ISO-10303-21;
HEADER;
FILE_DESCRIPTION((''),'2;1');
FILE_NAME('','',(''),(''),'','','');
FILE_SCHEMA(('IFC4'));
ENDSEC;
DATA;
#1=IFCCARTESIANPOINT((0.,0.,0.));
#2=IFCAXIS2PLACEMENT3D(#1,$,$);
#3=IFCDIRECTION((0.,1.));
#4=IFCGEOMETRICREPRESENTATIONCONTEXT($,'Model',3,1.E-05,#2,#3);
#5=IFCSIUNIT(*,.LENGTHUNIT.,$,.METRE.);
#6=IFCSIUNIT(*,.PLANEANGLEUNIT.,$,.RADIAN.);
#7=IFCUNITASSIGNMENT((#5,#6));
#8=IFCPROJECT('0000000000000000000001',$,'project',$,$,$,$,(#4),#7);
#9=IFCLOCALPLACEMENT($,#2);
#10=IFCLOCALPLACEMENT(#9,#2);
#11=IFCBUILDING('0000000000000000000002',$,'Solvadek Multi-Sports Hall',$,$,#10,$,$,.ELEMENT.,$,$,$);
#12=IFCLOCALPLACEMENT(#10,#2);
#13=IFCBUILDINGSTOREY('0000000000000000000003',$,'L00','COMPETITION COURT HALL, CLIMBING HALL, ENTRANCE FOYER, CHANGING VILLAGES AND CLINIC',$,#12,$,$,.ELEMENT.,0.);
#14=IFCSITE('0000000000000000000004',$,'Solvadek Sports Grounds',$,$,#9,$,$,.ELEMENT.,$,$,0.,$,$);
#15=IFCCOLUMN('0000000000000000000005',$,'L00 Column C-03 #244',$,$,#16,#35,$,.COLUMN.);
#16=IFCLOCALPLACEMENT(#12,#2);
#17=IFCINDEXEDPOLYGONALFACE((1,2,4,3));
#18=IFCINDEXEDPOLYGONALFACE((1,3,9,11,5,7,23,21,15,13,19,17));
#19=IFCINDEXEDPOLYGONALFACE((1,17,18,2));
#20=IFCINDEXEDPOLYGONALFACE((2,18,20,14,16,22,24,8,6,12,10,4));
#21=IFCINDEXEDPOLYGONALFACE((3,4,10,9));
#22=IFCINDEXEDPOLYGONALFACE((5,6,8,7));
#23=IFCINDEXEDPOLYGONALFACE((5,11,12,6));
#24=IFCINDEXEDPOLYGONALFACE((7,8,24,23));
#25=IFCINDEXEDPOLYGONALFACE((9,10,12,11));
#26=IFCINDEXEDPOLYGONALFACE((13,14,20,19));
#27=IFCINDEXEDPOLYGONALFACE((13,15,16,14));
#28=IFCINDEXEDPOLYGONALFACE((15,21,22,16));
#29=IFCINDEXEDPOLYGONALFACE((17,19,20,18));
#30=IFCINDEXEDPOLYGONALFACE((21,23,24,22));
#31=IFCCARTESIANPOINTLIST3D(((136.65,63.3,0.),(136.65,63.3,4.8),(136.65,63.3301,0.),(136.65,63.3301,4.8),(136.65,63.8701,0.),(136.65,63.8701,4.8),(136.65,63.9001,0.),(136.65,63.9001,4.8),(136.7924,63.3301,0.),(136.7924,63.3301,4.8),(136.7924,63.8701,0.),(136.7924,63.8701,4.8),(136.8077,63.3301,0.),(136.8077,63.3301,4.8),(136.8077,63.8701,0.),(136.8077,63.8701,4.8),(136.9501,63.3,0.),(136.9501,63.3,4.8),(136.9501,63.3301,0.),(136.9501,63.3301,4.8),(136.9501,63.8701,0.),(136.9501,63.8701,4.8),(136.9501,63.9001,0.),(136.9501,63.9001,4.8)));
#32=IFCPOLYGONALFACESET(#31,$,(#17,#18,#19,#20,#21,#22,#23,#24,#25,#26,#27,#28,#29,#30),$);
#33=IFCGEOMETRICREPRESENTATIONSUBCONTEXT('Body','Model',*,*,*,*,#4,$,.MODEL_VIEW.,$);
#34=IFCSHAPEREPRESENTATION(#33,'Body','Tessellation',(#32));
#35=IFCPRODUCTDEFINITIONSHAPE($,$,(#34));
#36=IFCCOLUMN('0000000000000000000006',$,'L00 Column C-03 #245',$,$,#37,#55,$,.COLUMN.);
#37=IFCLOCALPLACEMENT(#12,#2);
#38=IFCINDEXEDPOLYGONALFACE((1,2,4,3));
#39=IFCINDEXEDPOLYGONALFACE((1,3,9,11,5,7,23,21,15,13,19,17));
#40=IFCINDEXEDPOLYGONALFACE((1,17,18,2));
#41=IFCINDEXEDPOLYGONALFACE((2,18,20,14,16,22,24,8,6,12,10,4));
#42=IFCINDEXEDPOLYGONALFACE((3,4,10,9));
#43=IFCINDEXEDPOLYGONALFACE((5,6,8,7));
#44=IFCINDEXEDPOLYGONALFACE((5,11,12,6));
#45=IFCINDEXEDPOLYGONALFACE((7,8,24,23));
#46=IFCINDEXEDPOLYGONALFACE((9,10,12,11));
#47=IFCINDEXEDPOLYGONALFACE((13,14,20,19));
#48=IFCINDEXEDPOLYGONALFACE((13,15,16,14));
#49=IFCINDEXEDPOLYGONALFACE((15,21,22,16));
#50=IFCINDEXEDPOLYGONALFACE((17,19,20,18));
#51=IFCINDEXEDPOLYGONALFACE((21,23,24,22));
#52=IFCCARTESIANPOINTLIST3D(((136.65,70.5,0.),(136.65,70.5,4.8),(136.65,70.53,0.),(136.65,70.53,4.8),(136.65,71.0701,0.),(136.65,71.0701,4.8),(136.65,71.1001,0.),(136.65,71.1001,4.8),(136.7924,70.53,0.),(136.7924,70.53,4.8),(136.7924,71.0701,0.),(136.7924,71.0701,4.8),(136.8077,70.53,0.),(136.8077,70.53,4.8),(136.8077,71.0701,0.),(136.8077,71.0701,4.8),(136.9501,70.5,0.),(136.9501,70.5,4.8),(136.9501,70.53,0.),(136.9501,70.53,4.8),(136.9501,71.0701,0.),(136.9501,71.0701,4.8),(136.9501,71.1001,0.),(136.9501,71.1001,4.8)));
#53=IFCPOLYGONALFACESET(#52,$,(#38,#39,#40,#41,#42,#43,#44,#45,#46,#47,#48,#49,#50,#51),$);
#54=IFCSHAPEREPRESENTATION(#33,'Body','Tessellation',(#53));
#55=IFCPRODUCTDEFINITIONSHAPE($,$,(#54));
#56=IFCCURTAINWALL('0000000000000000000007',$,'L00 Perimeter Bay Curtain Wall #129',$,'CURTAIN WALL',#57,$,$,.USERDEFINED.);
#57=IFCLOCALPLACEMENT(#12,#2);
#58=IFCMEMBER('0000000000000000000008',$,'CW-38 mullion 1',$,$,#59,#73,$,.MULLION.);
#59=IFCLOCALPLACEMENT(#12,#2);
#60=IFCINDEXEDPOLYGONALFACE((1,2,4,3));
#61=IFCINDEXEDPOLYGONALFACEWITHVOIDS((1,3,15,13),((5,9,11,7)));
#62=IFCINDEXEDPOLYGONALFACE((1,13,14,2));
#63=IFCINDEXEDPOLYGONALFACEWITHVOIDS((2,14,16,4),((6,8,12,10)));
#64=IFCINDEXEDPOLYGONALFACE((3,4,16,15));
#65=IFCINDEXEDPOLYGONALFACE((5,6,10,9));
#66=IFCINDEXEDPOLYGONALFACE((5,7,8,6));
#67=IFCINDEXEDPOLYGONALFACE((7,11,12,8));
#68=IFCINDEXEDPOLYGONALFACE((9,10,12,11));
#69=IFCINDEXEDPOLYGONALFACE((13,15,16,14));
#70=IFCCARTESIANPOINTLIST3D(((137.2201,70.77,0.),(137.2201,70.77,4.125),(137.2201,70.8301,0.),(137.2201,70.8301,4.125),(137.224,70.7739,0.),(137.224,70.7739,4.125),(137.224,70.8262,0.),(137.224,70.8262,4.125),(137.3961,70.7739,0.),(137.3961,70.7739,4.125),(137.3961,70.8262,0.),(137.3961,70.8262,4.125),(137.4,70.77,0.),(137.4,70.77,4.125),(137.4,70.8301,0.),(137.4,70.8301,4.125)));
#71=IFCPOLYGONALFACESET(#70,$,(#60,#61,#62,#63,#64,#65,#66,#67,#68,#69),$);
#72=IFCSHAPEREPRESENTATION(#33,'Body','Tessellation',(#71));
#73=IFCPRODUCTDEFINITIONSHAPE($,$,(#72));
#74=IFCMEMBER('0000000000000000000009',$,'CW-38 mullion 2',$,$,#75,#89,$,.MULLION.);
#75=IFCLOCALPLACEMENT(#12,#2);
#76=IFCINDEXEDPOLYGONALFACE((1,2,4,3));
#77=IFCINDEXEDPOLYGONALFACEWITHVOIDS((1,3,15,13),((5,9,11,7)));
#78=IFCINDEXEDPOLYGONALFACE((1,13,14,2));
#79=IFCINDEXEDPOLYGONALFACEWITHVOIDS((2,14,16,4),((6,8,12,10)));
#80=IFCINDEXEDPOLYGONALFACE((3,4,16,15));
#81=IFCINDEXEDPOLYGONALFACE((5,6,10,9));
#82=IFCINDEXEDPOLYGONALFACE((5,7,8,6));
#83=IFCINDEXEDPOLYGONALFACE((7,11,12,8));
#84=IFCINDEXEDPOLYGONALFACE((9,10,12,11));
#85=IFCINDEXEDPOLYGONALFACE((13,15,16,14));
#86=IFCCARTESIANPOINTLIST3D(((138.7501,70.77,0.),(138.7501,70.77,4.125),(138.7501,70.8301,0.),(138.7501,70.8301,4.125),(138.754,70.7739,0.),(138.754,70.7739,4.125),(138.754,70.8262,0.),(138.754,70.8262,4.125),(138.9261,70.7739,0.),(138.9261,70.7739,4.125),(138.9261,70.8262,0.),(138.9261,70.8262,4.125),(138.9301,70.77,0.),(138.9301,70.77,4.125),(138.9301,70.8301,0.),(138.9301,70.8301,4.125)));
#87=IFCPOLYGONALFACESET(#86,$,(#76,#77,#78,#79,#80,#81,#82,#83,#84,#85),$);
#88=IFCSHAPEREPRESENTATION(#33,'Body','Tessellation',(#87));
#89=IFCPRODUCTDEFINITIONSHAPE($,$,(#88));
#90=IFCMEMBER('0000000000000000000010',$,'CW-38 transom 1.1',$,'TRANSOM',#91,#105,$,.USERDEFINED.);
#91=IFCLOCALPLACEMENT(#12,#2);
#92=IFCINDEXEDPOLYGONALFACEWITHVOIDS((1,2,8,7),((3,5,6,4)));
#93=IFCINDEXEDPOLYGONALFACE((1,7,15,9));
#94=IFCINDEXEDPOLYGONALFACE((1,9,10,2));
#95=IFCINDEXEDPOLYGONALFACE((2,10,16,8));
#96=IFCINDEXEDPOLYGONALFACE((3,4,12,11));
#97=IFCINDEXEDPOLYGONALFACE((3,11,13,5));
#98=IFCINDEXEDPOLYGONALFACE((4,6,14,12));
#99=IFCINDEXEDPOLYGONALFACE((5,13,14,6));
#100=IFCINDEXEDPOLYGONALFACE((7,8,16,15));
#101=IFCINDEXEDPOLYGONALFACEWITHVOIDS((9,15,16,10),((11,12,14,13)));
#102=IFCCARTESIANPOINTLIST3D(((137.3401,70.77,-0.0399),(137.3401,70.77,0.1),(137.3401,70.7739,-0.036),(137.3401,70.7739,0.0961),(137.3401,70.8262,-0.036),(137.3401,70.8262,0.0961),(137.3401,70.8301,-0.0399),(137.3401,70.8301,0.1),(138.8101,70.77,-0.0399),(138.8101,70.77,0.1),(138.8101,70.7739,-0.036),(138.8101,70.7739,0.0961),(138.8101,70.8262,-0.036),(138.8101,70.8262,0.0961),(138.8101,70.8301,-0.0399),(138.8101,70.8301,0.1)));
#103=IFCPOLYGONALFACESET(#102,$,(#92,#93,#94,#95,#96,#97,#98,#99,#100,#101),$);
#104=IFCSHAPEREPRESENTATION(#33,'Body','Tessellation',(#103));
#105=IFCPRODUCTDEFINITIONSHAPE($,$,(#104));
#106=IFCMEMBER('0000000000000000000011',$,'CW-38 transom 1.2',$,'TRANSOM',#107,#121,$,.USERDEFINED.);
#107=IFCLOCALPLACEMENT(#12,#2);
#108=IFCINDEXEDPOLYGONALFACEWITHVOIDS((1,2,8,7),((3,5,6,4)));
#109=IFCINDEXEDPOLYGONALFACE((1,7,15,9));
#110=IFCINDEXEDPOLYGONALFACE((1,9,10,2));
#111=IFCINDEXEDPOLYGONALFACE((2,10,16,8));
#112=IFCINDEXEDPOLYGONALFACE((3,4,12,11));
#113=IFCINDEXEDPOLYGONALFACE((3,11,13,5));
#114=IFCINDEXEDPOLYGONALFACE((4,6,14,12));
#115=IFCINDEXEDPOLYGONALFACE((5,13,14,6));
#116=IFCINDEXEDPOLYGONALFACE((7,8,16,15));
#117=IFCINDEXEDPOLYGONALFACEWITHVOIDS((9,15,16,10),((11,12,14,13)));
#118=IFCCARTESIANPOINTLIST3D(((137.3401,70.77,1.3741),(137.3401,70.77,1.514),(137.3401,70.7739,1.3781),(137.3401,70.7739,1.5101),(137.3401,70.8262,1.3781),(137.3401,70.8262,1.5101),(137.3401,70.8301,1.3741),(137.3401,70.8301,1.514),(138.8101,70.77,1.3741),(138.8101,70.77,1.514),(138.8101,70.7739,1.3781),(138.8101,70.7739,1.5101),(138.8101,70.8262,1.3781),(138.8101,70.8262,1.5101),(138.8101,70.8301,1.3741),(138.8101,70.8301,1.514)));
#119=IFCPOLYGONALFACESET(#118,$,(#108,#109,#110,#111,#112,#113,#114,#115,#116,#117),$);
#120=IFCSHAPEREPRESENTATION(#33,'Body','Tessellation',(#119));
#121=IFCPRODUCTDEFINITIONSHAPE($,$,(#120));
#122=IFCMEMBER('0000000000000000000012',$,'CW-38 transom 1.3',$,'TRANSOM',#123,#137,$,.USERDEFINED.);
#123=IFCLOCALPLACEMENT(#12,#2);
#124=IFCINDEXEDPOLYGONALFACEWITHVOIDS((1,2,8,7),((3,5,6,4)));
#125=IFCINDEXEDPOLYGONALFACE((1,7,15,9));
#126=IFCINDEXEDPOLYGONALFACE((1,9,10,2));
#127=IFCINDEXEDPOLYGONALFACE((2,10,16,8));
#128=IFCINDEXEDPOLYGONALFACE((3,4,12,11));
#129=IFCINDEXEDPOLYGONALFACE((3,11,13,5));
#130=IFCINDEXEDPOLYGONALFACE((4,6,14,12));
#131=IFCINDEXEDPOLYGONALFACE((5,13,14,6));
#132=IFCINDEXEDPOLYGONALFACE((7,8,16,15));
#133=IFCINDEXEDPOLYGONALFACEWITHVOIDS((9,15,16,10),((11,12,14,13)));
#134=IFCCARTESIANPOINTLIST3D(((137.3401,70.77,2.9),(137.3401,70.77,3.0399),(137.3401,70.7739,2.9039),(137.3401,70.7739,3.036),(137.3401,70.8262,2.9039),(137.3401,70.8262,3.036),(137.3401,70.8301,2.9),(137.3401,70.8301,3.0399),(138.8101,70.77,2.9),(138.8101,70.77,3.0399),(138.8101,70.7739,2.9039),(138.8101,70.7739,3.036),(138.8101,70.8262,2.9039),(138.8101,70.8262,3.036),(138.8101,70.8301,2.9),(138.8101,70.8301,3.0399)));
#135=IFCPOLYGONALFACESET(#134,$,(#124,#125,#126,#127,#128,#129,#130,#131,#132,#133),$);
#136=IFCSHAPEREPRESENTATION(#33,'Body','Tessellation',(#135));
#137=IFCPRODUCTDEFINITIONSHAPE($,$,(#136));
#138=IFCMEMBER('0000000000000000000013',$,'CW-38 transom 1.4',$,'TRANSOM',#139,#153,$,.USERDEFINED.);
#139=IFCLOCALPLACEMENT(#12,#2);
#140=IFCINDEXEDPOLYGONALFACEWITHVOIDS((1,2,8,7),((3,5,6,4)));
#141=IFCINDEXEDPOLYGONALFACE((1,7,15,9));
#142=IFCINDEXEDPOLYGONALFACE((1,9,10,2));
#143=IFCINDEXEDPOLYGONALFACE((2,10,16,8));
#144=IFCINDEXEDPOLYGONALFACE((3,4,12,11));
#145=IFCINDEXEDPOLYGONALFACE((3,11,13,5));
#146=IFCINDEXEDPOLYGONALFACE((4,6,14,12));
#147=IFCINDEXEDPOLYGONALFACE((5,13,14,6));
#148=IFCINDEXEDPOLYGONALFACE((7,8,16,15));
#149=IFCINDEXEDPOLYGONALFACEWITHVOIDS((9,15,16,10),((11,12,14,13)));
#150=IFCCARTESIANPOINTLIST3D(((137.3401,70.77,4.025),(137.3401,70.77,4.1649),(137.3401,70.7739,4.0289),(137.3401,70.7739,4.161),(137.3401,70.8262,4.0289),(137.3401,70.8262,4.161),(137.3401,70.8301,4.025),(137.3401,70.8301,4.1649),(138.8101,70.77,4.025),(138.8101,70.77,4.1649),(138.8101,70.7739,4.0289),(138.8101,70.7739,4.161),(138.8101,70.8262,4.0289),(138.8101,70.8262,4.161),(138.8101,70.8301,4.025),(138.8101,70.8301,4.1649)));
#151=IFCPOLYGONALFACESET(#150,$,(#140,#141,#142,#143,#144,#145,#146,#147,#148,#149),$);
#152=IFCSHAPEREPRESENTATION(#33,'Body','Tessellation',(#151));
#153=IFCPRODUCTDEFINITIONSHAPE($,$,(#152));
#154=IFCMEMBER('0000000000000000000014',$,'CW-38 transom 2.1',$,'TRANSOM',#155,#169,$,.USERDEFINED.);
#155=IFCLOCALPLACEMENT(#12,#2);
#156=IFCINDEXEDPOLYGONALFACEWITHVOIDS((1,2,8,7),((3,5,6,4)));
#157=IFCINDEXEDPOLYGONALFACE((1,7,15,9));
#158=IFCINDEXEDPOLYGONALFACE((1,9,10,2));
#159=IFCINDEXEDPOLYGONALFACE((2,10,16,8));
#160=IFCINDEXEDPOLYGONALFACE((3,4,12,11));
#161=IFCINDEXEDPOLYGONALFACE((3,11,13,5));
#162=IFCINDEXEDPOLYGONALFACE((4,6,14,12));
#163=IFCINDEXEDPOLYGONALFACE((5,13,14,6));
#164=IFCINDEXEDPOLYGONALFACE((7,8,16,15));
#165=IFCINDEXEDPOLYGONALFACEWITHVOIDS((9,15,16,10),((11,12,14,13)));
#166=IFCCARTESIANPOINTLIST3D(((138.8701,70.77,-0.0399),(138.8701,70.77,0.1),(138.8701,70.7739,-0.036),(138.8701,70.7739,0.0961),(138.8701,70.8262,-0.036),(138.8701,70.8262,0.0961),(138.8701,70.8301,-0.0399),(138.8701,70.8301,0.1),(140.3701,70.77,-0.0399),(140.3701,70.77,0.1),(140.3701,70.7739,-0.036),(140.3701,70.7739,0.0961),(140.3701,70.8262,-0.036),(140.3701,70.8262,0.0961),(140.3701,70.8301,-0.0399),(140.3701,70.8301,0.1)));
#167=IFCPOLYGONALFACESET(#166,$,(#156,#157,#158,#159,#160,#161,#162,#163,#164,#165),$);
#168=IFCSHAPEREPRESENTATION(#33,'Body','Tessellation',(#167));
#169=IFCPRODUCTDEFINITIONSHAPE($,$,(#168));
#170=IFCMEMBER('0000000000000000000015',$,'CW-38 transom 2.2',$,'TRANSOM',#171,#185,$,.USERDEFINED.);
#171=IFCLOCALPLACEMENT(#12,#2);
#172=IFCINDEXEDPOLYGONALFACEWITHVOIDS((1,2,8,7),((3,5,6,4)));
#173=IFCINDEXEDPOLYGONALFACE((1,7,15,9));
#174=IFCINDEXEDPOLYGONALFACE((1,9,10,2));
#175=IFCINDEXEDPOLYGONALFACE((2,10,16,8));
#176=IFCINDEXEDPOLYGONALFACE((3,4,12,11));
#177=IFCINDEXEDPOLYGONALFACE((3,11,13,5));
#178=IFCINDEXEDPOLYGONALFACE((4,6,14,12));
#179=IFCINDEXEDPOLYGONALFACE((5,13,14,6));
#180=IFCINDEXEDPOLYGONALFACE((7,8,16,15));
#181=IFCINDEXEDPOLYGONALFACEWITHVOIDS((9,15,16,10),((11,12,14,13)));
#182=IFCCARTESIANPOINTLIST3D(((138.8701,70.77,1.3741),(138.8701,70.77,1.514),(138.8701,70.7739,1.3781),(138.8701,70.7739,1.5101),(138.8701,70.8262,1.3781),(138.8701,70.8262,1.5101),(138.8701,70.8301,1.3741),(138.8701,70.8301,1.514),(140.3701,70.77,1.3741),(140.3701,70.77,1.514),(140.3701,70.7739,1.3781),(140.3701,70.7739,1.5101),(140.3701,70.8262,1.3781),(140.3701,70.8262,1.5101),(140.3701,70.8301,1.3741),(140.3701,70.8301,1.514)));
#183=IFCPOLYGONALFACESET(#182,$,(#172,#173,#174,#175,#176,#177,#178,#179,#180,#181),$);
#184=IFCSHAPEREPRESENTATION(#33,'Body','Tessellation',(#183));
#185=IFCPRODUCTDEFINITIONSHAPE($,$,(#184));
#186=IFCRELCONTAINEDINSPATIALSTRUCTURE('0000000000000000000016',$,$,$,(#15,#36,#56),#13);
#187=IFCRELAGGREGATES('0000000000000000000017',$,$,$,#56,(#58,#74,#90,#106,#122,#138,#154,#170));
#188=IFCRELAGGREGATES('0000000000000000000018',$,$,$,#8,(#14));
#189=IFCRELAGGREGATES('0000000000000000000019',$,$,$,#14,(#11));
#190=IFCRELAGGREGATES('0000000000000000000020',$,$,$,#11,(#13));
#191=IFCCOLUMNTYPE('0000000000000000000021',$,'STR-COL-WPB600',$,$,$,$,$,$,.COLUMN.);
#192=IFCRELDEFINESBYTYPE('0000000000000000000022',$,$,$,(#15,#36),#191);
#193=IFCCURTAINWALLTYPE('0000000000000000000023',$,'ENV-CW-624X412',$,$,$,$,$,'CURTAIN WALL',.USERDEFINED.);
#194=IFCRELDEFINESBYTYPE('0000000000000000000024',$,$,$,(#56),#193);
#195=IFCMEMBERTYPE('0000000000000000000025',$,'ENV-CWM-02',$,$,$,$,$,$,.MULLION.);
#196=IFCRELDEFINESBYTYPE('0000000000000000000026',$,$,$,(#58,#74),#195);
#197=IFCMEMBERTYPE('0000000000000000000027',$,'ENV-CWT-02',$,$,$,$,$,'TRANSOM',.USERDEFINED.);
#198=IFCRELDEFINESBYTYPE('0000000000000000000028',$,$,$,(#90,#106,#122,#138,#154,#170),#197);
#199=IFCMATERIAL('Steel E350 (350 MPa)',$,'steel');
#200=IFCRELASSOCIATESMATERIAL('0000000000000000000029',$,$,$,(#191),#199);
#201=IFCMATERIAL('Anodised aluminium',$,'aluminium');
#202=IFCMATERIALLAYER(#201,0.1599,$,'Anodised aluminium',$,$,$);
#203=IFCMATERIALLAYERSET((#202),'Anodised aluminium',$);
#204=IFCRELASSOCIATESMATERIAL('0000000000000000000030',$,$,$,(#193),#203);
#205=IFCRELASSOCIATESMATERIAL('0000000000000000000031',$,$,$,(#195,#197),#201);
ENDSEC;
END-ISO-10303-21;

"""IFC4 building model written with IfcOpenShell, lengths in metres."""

from ifc_helpers import new_model, si_unit, direction, frame, origin, origin_2d, place, context, subcontext, project, spatial, hollow_rectangle, i_section, extrude, material, layer, layer_set, material_profile, profile_set, type_object, element, aggregate, save


model = new_model("IFC4")

# Units and contexts
model_context = context("Model", 3, precision=1e-05, world=origin(), true_north=direction((0.0, 1.0)))
body_context = subcontext(model_context, "Body", "Model", "MODEL_VIEW")
ifc_project = project(units=[si_unit("LENGTHUNIT", "METRE"), si_unit("PLANEANGLEUNIT", "RADIAN")], contexts=[model_context])

# Site, building, storey
site_placement = place(None, origin())
site = spatial("IfcSite", under=ifc_project, at=site_placement, Name="Solvadek Sports Grounds", CompositionType="ELEMENT", RefElevation=0.0)
building_placement = place(site_placement, origin())
building = spatial("IfcBuilding", under=site, at=building_placement, Name="Solvadek Multi-Sports Hall", CompositionType="ELEMENT")
storey_placement = place(building_placement, origin())
storey = spatial("IfcBuildingStorey", under=building, at=storey_placement, Name="L00", Description="COMPETITION COURT HALL, CLIMBING HALL, ENTRANCE FOYER, CHANGING VILLAGES AND CLINIC", CompositionType="ELEMENT", Elevation=0.0)

# Columns
ifc_material_1 = material(Name="Steel E350 (350 MPa)", Category="steel")
ifc_material_profile_1 = material_profile(ifc_material_1, i_section(OverallWidth=0.3, OverallDepth=0.6001, WebThickness=0.0154, FlangeThickness=0.03, at=origin_2d()), Name="WPB 600")
ifc_profile_set_1 = profile_set([ifc_material_profile_1], Name="Steel E350 (350 MPa)")
column_type = type_object("IfcColumnType", Name="STR-COL-WPB600", PredefinedType="COLUMN", material=ifc_profile_set_1)
for number, where, z_axis, x_axis, name in (
    (1, (136.8, 63.6001, 0.0), (0.0, 0.0, 1.0), (1.0, 0.0, 0.0), "L00 Column C-03 #244"),
    (2, (136.8, 70.8, 0.0), (0.0, 0.0, 1.0), (1.0, 0.0, 0.0), "L00 Column C-03 #245"),
):
    element("IfcColumn", number, at=place(storey_placement, frame(where, z_axis=z_axis, x_axis=x_axis)), inside=storey, type_object=column_type, Name=name, PredefinedType="COLUMN", context=body_context, shape_type="SweptSolid", body=[
        extrude(i_section(OverallWidth=0.3, OverallDepth=0.6001, WebThickness=0.0154, FlangeThickness=0.03, at=origin_2d()), origin(), (0.0, 0.0, 1.0), 4.8),
    ])

# Curtain wall, members
ifc_material_2 = material(Name="Anodised aluminium", Category="aluminium")
ifc_layer_1 = layer(ifc_material_2, 0.1599, Name="Anodised aluminium")
ifc_layer_set_1 = layer_set([ifc_layer_1], Name="Anodised aluminium")
curtain_wall_type = type_object("IfcCurtainWallType", Name="ENV-CW-624X412", ElementType="CURTAIN WALL", PredefinedType="USERDEFINED", material=ifc_layer_set_1)
curtain_wall_placement = place(storey_placement, origin())
curtain_wall = element("IfcCurtainWall", 3, at=curtain_wall_placement, inside=storey, type_object=curtain_wall_type, Name="L00 Perimeter Bay Curtain Wall #129", ObjectType="CURTAIN WALL", PredefinedType="USERDEFINED")
ifc_material_profile_2 = material_profile(ifc_material_2, hollow_rectangle(XDim=0.0601, YDim=0.1799, WallThickness=0.0039, at=origin_2d()), Name="ALU-M 180x60x4")
ifc_profile_set_2 = profile_set([ifc_material_profile_2], Name="Anodised aluminium")
member_type_1 = type_object("IfcMemberType", Name="ENV-CWM-02", PredefinedType="MULLION", material=ifc_profile_set_2)
member_1_placement = place(storey_placement, frame((137.3101, 70.8, 0.0), z_axis=(0.0, 0.0, 1.0), x_axis=(0.0, 1.0, 0.0)))
member_1 = element("IfcMember", 4, at=member_1_placement, type_object=member_type_1, Name="CW-38 mullion 1", PredefinedType="MULLION", context=body_context, shape_type="SweptSolid", body=[
    extrude(hollow_rectangle(XDim=0.0601, YDim=0.1799, WallThickness=0.0039, at=origin_2d()), origin(), (0.0, 0.0, 1.0), 4.125),
])
member_2_placement = place(storey_placement, frame((138.8401, 70.8, 0.0), z_axis=(0.0, 0.0, 1.0), x_axis=(0.0, 1.0, 0.0)))
member_2 = element("IfcMember", 5, at=member_2_placement, type_object=member_type_1, Name="CW-38 mullion 2", PredefinedType="MULLION", context=body_context, shape_type="SweptSolid", body=[
    extrude(hollow_rectangle(XDim=0.0601, YDim=0.1799, WallThickness=0.0039, at=origin_2d()), origin(), (0.0, 0.0, 1.0), 4.125),
])
ifc_material_profile_3 = material_profile(ifc_material_2, hollow_rectangle(XDim=0.0601, YDim=0.1399, WallThickness=0.0039, at=origin_2d()), Name="ALU-T 140x60x4")
ifc_profile_set_3 = profile_set([ifc_material_profile_3], Name="Anodised aluminium")
member_type_2 = type_object("IfcMemberType", Name="ENV-CWT-02", ElementType="TRANSOM", PredefinedType="USERDEFINED", material=ifc_profile_set_3)
member_3_placement = place(storey_placement, frame((137.3401, 70.8, 0.03), z_axis=(1.0, 0.0, 0.0), x_axis=(0.0, 1.0, 0.0)))
member_3 = element("IfcMember", 6, at=member_3_placement, type_object=member_type_2, Name="CW-38 transom 1.1", ObjectType="TRANSOM", PredefinedType="USERDEFINED", context=body_context, shape_type="SweptSolid", body=[
    extrude(hollow_rectangle(XDim=0.0601, YDim=0.1399, WallThickness=0.0039, at=origin_2d()), origin(), (0.0, 0.0, 1.0), 1.47),
])
member_4_placement = place(storey_placement, frame((137.3401, 70.8, 1.4441), z_axis=(1.0, 0.0, 0.0), x_axis=(0.0, 1.0, 0.0)))
member_4 = element("IfcMember", 7, at=member_4_placement, type_object=member_type_2, Name="CW-38 transom 1.2", ObjectType="TRANSOM", PredefinedType="USERDEFINED", context=body_context, shape_type="SweptSolid", body=[
    extrude(hollow_rectangle(XDim=0.0601, YDim=0.1399, WallThickness=0.0039, at=origin_2d()), origin(), (0.0, 0.0, 1.0), 1.47),
])
member_5_placement = place(storey_placement, frame((137.3401, 70.8, 2.97), z_axis=(1.0, 0.0, 0.0), x_axis=(0.0, 1.0, 0.0)))
member_5 = element("IfcMember", 8, at=member_5_placement, type_object=member_type_2, Name="CW-38 transom 1.3", ObjectType="TRANSOM", PredefinedType="USERDEFINED", context=body_context, shape_type="SweptSolid", body=[
    extrude(hollow_rectangle(XDim=0.0601, YDim=0.1399, WallThickness=0.0039, at=origin_2d()), origin(), (0.0, 0.0, 1.0), 1.47),
])
member_6_placement = place(storey_placement, frame((137.3401, 70.8, 4.095), z_axis=(1.0, 0.0, 0.0), x_axis=(0.0, 1.0, 0.0)))
member_6 = element("IfcMember", 9, at=member_6_placement, type_object=member_type_2, Name="CW-38 transom 1.4", ObjectType="TRANSOM", PredefinedType="USERDEFINED", context=body_context, shape_type="SweptSolid", body=[
    extrude(hollow_rectangle(XDim=0.0601, YDim=0.1399, WallThickness=0.0039, at=origin_2d()), origin(), (0.0, 0.0, 1.0), 1.47),
])
member_7_placement = place(storey_placement, frame((138.8701, 70.8, 0.03), z_axis=(1.0, 0.0, 0.0), x_axis=(0.0, 1.0, 0.0)))
member_7 = element("IfcMember", 10, at=member_7_placement, type_object=member_type_2, Name="CW-38 transom 2.1", ObjectType="TRANSOM", PredefinedType="USERDEFINED", context=body_context, shape_type="SweptSolid", body=[
    extrude(hollow_rectangle(XDim=0.0601, YDim=0.1399, WallThickness=0.0039, at=origin_2d()), origin(), (0.0, 0.0, 1.0), 1.5),
])
member_8_placement = place(storey_placement, frame((138.8701, 70.8, 1.4441), z_axis=(1.0, 0.0, 0.0), x_axis=(0.0, 1.0, 0.0)))
member_8 = element("IfcMember", 11, at=member_8_placement, type_object=member_type_2, Name="CW-38 transom 2.2", ObjectType="TRANSOM", PredefinedType="USERDEFINED", context=body_context, shape_type="SweptSolid", body=[
    extrude(hollow_rectangle(XDim=0.0601, YDim=0.1399, WallThickness=0.0039, at=origin_2d()), origin(), (0.0, 0.0, 1.0), 1.5),
])

aggregate(curtain_wall, [member_1, member_2, member_3, member_4, member_5, member_6, member_7, member_8])

save(model, "model.ifc")
